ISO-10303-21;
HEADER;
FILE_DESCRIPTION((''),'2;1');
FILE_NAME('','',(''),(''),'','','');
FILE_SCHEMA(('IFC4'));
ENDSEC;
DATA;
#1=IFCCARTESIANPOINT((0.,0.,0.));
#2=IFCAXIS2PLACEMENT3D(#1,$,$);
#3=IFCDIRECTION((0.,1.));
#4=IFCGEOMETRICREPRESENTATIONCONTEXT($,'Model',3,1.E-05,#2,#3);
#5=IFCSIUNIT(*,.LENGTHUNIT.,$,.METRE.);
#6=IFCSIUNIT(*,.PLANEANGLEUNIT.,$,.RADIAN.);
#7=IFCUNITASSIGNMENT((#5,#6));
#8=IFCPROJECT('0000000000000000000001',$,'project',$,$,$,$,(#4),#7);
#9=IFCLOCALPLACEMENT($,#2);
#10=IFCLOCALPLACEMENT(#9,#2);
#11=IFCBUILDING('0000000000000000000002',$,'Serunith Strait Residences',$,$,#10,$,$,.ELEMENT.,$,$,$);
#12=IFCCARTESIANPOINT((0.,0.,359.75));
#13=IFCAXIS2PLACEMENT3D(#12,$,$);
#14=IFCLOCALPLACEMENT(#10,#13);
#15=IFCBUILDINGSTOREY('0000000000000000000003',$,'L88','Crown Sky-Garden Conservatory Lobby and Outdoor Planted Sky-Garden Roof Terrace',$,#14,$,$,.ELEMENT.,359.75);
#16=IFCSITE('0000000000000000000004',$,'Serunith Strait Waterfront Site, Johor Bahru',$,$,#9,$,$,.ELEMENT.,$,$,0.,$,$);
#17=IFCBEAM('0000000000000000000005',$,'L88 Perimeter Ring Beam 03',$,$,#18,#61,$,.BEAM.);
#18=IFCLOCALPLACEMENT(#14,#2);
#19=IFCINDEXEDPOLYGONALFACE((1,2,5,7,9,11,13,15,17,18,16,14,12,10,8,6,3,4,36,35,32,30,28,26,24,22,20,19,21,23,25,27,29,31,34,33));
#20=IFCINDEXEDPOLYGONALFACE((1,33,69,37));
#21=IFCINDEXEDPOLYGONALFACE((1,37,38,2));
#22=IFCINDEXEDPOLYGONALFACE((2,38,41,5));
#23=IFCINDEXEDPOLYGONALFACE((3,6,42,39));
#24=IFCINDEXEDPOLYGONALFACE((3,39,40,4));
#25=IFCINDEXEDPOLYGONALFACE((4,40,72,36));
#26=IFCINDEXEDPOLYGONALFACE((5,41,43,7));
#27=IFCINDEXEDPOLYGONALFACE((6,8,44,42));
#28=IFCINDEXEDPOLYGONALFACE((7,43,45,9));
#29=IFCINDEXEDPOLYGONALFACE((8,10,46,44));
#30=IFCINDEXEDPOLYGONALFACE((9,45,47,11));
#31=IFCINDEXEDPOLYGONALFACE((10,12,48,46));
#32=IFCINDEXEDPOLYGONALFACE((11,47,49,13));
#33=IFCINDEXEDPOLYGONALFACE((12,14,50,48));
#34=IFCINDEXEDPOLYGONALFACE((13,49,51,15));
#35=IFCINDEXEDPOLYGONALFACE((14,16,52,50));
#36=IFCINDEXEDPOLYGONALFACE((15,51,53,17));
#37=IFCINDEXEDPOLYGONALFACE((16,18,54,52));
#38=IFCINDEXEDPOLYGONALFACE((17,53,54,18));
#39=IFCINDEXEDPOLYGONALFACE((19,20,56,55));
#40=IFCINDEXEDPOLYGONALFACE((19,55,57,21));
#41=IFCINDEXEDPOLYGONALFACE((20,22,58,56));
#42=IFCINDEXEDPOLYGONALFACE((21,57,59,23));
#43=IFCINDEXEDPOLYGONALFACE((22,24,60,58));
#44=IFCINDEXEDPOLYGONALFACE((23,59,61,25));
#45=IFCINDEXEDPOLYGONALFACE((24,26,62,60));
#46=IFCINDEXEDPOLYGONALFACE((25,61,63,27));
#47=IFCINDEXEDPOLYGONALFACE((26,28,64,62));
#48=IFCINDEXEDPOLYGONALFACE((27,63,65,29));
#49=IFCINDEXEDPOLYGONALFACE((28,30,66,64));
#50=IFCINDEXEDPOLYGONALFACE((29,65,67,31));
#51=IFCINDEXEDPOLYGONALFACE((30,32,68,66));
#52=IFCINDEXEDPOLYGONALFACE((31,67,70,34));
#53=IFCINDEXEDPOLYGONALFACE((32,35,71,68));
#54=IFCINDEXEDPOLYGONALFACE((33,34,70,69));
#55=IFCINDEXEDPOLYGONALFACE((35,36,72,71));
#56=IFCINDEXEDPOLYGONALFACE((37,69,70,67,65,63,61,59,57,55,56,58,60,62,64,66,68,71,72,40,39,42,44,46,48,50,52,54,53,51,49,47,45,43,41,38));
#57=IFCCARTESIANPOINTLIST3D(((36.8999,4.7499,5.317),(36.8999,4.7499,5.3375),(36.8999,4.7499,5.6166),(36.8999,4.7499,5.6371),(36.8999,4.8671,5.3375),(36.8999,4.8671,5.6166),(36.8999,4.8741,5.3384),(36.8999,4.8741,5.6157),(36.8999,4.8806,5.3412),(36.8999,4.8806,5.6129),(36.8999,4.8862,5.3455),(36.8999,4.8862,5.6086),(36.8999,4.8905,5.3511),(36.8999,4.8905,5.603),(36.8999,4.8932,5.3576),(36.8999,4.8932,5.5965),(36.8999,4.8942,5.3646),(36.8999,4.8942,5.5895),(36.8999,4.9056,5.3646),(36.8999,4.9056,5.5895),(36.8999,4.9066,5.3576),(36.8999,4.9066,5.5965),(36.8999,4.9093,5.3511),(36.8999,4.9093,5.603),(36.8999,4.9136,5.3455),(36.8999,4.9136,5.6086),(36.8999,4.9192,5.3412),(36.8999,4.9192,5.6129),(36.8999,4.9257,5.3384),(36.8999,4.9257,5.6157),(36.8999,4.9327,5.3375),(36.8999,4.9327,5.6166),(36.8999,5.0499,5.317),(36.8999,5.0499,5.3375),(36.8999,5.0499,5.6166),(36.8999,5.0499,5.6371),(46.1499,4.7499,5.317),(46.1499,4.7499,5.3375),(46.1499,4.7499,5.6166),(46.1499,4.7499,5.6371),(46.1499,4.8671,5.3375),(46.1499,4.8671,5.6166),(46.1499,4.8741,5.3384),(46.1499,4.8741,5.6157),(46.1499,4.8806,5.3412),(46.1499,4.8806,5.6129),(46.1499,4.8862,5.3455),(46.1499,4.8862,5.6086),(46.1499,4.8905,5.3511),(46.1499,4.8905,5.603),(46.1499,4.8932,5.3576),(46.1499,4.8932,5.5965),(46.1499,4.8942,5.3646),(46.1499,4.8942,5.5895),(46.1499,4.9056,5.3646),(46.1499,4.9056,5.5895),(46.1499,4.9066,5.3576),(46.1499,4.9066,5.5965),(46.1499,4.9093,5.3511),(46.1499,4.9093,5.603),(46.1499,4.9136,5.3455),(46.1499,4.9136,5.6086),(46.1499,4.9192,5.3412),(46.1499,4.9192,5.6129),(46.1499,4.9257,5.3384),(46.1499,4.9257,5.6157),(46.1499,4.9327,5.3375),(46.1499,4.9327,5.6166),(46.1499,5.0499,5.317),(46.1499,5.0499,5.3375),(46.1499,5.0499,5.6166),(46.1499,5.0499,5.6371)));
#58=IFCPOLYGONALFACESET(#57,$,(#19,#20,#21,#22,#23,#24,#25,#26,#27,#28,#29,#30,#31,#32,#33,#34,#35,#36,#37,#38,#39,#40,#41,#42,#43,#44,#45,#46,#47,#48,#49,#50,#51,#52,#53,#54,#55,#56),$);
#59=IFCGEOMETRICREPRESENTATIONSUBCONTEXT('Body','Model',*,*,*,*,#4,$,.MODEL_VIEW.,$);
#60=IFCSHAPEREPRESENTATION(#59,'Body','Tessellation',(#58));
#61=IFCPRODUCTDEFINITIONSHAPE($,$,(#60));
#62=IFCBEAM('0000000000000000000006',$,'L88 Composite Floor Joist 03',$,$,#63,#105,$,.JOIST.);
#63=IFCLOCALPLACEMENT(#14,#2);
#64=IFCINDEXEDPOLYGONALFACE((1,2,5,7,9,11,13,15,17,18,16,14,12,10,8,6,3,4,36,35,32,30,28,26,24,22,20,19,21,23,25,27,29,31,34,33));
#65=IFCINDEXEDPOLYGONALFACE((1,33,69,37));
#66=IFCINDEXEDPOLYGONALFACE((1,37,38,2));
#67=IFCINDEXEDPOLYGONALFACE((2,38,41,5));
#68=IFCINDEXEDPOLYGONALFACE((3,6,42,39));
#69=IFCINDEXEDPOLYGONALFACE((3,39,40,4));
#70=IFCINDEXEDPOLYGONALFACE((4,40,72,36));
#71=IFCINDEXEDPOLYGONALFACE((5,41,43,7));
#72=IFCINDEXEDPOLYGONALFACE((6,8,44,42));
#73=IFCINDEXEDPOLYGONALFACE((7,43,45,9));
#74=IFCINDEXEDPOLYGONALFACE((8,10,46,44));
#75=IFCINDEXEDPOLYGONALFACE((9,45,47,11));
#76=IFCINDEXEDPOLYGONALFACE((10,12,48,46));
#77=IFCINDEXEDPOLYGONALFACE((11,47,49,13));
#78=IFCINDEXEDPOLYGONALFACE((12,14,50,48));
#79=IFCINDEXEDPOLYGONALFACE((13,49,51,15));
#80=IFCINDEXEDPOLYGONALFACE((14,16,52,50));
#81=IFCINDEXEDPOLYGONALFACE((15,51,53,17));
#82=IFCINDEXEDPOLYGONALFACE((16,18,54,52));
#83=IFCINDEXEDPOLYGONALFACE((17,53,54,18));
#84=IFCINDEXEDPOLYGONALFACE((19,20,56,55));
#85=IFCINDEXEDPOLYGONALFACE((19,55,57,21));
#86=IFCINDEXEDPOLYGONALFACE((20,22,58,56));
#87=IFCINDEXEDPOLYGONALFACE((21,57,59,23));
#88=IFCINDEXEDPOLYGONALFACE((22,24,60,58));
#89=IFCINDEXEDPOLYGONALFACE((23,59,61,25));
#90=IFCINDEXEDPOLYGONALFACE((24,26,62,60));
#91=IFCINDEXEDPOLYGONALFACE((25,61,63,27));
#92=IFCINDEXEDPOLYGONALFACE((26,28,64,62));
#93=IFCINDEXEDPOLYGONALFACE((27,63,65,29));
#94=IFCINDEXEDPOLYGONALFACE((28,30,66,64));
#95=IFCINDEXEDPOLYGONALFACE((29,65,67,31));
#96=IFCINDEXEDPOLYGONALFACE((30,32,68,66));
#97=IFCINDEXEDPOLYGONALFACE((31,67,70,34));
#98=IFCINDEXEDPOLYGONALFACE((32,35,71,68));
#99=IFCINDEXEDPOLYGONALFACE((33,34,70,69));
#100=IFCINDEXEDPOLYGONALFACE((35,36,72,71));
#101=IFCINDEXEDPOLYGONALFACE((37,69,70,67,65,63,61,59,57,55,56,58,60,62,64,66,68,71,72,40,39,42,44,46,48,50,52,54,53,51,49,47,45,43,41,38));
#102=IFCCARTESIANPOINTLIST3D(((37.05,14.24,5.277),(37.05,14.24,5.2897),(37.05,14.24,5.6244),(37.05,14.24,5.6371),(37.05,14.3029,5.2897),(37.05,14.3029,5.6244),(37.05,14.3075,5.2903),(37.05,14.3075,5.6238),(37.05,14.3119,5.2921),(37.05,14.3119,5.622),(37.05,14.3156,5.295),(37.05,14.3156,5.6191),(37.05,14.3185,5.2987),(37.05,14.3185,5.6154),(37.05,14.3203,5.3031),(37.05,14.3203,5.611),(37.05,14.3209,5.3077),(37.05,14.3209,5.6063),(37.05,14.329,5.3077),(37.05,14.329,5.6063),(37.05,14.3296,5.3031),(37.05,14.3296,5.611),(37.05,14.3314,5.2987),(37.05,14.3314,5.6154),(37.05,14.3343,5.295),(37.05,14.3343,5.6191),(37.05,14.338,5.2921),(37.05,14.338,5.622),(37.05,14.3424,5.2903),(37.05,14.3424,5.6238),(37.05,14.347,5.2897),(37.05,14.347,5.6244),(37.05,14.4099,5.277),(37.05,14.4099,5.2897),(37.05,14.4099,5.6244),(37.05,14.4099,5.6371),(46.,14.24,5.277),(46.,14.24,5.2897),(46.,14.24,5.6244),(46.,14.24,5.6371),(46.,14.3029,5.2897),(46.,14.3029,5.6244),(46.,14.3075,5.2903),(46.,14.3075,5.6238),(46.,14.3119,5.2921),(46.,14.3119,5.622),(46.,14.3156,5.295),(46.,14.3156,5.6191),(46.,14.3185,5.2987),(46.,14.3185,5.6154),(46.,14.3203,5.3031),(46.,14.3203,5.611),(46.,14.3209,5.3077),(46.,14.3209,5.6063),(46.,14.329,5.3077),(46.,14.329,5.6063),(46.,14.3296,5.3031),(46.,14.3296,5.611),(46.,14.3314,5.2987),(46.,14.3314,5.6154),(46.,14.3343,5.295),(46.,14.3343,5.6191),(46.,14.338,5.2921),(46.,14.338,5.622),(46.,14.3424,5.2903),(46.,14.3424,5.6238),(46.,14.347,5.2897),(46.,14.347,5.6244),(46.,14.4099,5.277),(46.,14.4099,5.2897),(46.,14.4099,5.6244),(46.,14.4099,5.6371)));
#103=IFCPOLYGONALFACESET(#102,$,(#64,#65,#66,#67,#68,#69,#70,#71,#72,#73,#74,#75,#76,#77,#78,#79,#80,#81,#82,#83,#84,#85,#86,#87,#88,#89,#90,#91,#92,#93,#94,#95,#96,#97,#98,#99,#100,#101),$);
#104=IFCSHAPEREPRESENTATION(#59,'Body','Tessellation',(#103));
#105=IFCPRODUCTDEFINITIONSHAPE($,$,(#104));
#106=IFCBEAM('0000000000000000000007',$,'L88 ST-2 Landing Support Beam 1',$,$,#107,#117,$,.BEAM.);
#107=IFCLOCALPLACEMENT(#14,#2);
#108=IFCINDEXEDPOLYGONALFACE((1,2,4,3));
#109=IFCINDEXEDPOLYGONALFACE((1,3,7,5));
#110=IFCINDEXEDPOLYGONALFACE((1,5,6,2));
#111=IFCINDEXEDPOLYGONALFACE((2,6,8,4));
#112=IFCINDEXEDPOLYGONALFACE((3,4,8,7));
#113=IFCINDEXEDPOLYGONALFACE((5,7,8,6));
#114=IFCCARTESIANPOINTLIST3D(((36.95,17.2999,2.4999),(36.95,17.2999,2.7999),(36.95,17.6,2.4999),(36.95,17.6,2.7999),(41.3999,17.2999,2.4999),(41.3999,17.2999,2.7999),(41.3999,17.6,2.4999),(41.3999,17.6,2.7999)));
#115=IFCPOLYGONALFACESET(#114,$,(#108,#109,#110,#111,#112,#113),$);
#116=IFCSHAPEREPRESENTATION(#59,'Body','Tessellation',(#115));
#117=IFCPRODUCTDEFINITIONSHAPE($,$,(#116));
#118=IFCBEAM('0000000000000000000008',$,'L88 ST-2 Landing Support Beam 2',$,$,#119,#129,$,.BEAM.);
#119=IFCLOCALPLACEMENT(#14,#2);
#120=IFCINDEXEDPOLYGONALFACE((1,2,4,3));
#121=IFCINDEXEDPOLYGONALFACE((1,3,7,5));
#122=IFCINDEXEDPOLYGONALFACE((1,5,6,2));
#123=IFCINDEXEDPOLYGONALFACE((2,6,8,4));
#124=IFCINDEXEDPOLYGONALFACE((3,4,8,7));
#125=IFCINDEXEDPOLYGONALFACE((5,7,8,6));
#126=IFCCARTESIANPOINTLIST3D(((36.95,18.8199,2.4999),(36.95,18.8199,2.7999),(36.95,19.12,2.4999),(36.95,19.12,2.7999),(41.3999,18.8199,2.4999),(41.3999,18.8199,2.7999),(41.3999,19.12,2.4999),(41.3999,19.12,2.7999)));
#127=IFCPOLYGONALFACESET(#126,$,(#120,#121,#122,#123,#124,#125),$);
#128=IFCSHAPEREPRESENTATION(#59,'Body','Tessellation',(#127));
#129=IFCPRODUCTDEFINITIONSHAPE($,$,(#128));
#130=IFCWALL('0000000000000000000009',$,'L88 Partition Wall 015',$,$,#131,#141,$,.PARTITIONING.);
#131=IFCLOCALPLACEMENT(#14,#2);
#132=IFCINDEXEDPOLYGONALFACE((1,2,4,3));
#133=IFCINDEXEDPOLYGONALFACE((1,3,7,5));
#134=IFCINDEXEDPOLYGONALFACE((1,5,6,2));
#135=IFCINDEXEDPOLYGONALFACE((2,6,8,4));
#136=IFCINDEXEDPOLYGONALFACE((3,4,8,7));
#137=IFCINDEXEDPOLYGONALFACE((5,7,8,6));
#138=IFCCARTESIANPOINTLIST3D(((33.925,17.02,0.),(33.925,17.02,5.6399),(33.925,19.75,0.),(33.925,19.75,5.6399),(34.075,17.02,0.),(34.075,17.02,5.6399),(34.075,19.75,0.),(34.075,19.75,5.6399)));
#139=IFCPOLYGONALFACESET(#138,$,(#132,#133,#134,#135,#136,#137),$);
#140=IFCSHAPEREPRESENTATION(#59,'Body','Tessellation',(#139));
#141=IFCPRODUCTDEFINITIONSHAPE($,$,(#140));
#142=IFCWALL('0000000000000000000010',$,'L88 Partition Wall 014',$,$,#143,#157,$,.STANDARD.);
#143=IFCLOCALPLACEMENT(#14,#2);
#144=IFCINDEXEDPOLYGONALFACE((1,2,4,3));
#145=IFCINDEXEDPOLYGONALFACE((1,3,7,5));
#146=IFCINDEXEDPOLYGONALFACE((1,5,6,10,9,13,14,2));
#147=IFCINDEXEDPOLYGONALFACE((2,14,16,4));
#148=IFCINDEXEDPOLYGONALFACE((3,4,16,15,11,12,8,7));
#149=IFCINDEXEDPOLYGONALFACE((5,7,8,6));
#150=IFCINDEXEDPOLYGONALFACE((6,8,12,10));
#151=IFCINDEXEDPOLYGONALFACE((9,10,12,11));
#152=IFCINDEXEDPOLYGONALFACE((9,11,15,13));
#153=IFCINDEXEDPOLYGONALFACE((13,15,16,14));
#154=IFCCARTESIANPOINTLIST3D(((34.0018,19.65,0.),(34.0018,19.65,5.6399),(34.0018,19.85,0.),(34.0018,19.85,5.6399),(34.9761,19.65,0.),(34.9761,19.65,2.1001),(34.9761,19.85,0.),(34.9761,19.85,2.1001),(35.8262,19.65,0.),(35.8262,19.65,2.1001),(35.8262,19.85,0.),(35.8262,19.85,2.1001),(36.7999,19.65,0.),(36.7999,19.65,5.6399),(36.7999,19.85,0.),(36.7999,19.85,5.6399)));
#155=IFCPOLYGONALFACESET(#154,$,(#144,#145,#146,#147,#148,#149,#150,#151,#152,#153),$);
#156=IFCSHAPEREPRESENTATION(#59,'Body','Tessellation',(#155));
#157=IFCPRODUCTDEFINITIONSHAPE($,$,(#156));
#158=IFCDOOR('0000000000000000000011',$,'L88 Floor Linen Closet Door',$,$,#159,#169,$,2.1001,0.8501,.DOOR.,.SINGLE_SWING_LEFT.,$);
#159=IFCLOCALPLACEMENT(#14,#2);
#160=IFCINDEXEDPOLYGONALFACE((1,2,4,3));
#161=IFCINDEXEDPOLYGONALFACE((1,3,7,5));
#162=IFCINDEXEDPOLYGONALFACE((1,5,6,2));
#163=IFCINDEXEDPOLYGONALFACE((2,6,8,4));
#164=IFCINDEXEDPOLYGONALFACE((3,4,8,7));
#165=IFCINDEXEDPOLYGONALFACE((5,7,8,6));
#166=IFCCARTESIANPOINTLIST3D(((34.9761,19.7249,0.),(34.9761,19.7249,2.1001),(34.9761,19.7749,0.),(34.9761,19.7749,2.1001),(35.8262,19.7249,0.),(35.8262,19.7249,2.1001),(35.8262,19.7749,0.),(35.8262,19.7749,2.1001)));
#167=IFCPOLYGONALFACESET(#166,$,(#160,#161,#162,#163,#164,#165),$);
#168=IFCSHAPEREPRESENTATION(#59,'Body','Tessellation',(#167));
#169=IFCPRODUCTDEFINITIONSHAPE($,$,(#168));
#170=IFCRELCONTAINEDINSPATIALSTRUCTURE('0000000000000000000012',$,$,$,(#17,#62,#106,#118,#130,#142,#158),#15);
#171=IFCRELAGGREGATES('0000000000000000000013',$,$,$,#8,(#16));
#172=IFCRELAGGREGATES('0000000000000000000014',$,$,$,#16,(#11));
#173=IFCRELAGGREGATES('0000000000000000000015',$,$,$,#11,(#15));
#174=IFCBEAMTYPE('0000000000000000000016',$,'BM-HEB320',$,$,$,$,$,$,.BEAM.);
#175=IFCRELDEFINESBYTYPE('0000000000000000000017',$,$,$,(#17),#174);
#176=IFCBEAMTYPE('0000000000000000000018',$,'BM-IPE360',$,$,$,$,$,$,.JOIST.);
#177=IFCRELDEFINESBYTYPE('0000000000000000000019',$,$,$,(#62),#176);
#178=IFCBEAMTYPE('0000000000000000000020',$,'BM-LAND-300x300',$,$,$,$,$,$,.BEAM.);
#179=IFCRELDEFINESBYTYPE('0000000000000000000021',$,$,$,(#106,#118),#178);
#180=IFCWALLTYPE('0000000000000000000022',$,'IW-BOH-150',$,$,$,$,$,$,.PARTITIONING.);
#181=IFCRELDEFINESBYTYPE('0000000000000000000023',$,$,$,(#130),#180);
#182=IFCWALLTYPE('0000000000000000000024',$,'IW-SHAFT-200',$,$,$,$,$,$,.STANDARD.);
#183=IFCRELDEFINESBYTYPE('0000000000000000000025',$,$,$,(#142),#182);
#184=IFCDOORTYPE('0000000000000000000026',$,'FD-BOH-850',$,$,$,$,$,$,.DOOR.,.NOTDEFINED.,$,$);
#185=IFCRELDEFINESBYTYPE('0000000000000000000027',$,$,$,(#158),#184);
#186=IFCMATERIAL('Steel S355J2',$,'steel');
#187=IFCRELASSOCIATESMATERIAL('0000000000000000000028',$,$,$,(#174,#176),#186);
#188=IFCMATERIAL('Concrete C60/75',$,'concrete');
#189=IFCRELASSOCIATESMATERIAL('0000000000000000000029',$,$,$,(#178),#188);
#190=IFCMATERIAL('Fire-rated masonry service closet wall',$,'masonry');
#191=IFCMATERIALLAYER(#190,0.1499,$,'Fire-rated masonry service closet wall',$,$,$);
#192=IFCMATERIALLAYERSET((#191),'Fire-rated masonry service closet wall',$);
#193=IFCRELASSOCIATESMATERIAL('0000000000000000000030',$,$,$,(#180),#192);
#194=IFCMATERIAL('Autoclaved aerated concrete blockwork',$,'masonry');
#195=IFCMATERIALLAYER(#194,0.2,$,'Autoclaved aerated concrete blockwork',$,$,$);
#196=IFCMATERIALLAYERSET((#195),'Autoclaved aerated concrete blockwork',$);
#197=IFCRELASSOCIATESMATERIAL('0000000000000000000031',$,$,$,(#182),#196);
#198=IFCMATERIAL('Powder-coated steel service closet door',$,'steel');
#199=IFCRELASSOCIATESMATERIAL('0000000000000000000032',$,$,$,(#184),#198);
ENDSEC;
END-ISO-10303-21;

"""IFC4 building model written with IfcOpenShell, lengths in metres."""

from ifc_helpers import new_model, si_unit, direction, frame, frame_2d, origin, origin_2d, place, context, subcontext, project, spatial, rectangle, i_section, extrude, source, transform, mapped, material, layer, layer_set, material_profile, profile_set, type_object, element, fill, save


model = new_model("IFC4")

# Units and contexts
model_context = context("Model", 3, precision=1e-05, world=origin(), true_north=direction((0.0, 1.0)))
body_context = subcontext(model_context, "Body", "Model", "MODEL_VIEW")
ifc_project = project(units=[si_unit("LENGTHUNIT", "METRE"), si_unit("PLANEANGLEUNIT", "RADIAN")], contexts=[model_context])

# Site, building, storey
site_placement = place(None, origin())
site = spatial("IfcSite", under=ifc_project, at=site_placement, Name="Serunith Strait Waterfront Site, Johor Bahru", CompositionType="ELEMENT", RefElevation=0.0)
building_placement = place(site_placement, origin())
building = spatial("IfcBuilding", under=site, at=building_placement, Name="Serunith Strait Residences", CompositionType="ELEMENT")
storey_placement = place(building_placement, frame((0.0, 0.0, 359.75)))
storey = spatial("IfcBuildingStorey", under=building, at=storey_placement, Name="L88", Description="Crown Sky-Garden Conservatory Lobby and Outdoor Planted Sky-Garden Roof Terrace", CompositionType="ELEMENT", Elevation=359.75)

# Shared definitions
ifc_material_1 = material(Name="Concrete C60/75", Category="concrete")

# Beams
ifc_material_2 = material(Name="Steel S355J2", Category="steel")
ifc_material_profile_1 = material_profile(ifc_material_2, i_section(OverallWidth=0.3, OverallDepth=0.3201, WebThickness=0.0115, FlangeThickness=0.0205, FilletRadius=0.0271, at=origin_2d()), Name="HEB 320")
ifc_profile_set_1 = profile_set([ifc_material_profile_1], Name="Steel S355J2")
beam_type_1 = type_object("IfcBeamType", Name="BM-HEB320", PredefinedType="BEAM", material=ifc_profile_set_1)
shared_shape_1 = source(origin(), body_context, "Body", "SweptSolid", [
    extrude(i_section(OverallWidth=0.3, OverallDepth=0.3201, WebThickness=0.0115, FlangeThickness=0.0205, FilletRadius=0.0271, at=origin_2d()), origin(), (0.0, 0.0, 1.0), 9.25),
])
beam_1_placement = place(storey_placement, frame((36.8999, 4.8999, 5.4771), z_axis=(1.0, 0.0, 0.0), x_axis=(0.0, 1.0, 0.0)))
element("IfcBeam", 1, at=beam_1_placement, inside=storey, type_object=beam_type_1, Name="L88 Perimeter Ring Beam 03", PredefinedType="BEAM", context=body_context, shape_type="MappedRepresentation", body=[
    mapped(shared_shape_1, transform((0.0, 0.0, 0.0), scale=1.0)),
])
ifc_material_profile_2 = material_profile(ifc_material_2, i_section(OverallWidth=0.1699, OverallDepth=0.3601, WebThickness=0.0081, FlangeThickness=0.0127, FilletRadius=0.0181, at=origin_2d()), Name="IPE 360")
ifc_profile_set_2 = profile_set([ifc_material_profile_2], Name="Steel S355J2")
beam_type_2 = type_object("IfcBeamType", Name="BM-IPE360", PredefinedType="JOIST", material=ifc_profile_set_2)
shared_shape_2 = source(origin(), body_context, "Body", "SweptSolid", [
    extrude(i_section(OverallWidth=0.1699, OverallDepth=0.3601, WebThickness=0.0081, FlangeThickness=0.0127, FilletRadius=0.0181, at=origin_2d()), origin(), (0.0, 0.0, 1.0), 8.95),
])
beam_2_placement = place(storey_placement, frame((37.05, 14.325, 5.457), z_axis=(1.0, 0.0, 0.0), x_axis=(0.0, 1.0, 0.0)))
element("IfcBeam", 2, at=beam_2_placement, inside=storey, type_object=beam_type_2, Name="L88 Composite Floor Joist 03", PredefinedType="JOIST", context=body_context, shape_type="MappedRepresentation", body=[
    mapped(shared_shape_2, transform((0.0, 0.0, 0.0), scale=1.0)),
])
ifc_material_profile_3 = material_profile(ifc_material_1, rectangle(XDim=0.3, YDim=0.3, at=origin_2d()), Name="RC 300x300")
ifc_profile_set_3 = profile_set([ifc_material_profile_3], Name="Concrete C60/75")
beam_type_3 = type_object("IfcBeamType", Name="BM-LAND-300x300", PredefinedType="BEAM", material=ifc_profile_set_3)
shared_shape_3 = source(origin(), body_context, "Body", "SweptSolid", [
    extrude(rectangle(XDim=0.3, YDim=0.3, at=origin_2d()), origin(), (0.0, 0.0, 1.0), 4.45),
])
for number, where, z_axis, x_axis, name in (
    (3, (36.95, 17.45, 2.6499), (1.0, 0.0, 0.0), (0.0, 1.0, 0.0), "L88 ST-2 Landing Support Beam 1"),
    (4, (36.95, 18.97, 2.6499), (1.0, 0.0, 0.0), (0.0, 1.0, 0.0), "L88 ST-2 Landing Support Beam 2"),
):
    element("IfcBeam", number, at=place(storey_placement, frame(where, z_axis=z_axis, x_axis=x_axis)), inside=storey, type_object=beam_type_3, Name=name, PredefinedType="BEAM", context=body_context, shape_type="MappedRepresentation", body=[
        mapped(shared_shape_3, transform((0.0, 0.0, 0.0), scale=1.0)),
    ])

# Wall
ifc_material_3 = material(Name="Fire-rated masonry service closet wall", Category="masonry")
ifc_layer_1 = layer(ifc_material_3, 0.1499, Name="Fire-rated masonry service closet wall")
ifc_layer_set_1 = layer_set([ifc_layer_1], Name="Fire-rated masonry service closet wall")
wall_type_1 = type_object("IfcWallType", Name="IW-BOH-150", PredefinedType="PARTITIONING", material=ifc_layer_set_1)
wall_1_placement = place(storey_placement, frame((34.0, 17.02, 0.0), z_axis=(0.0, 0.0, 1.0), x_axis=(0.0, 1.0, 0.0)))
element("IfcWall", 5, at=wall_1_placement, inside=storey, type_object=wall_type_1, Name="L88 Partition Wall 015", PredefinedType="PARTITIONING", context=body_context, shape_type="SweptSolid", body=[
    extrude(rectangle(XDim=2.73, YDim=0.1499, at=frame_2d((1.365, 0.0))), origin(), (0.0, 0.0, 1.0), 5.6399),
])

# Wall, opening, door
ifc_material_4 = material(Name="Autoclaved aerated concrete blockwork", Category="masonry")
ifc_layer_2 = layer(ifc_material_4, 0.2, Name="Autoclaved aerated concrete blockwork")
ifc_layer_set_2 = layer_set([ifc_layer_2], Name="Autoclaved aerated concrete blockwork")
wall_type_2 = type_object("IfcWallType", Name="IW-SHAFT-200", PredefinedType="STANDARD", material=ifc_layer_set_2)
wall_2_placement = place(storey_placement, frame((34.002, 19.75, 0.0), z_axis=(0.0, 0.0, 1.0), x_axis=(1.0, 0.0, 0.0)))
wall_2 = element("IfcWall", 6, at=wall_2_placement, inside=storey, type_object=wall_type_2, Name="L88 Partition Wall 014", PredefinedType="STANDARD", context=body_context, shape_type="SweptSolid", body=[
    extrude(rectangle(XDim=2.7981, YDim=0.2, at=frame_2d((1.3989, 0.0))), origin(), (0.0, 0.0, 1.0), 5.6399),
])
opening_placement = place(wall_2_placement, frame((0.9741, 0.0, 0.0)))
opening = element("IfcOpeningElement", 7, at=opening_placement, cuts=wall_2, PredefinedType="OPENING", context=body_context, shape_type="SweptSolid", body=[
    extrude(rectangle(XDim=0.8501, YDim=2.1001, at=frame_2d((0.425, 1.05))), frame((0.0, 0.1099, 0.0), z_axis=(0.0, -1.0, 0.0), x_axis=(1.0, 0.0, 0.0)), (0.0, 0.0, 1.0), 0.22),
])
ifc_material_5 = material(Name="Powder-coated steel service closet door", Category="steel")
door_type = type_object("IfcDoorType", Name="FD-BOH-850", OperationType="NOTDEFINED", PredefinedType="DOOR", material=ifc_material_5)
shared_shape_4 = source(origin(), body_context, "Body", "SweptSolid", [
    extrude(rectangle(XDim=0.8501, YDim=2.1001, at=frame_2d((0.425, 1.05))), frame((0.0, 0.0249, 0.0), z_axis=(0.0, -1.0, 0.0), x_axis=(1.0, 0.0, 0.0)), (0.0, 0.0, 1.0), 0.05),
])
door_placement = place(opening_placement, origin())
door = element("IfcDoor", 8, at=door_placement, inside=storey, type_object=door_type, Name="L88 Floor Linen Closet Door", OperationType="SINGLE_SWING_LEFT", OverallHeight=2.1001, OverallWidth=0.8501, PredefinedType="DOOR", context=body_context, shape_type="MappedRepresentation", body=[
    mapped(shared_shape_4, transform((0.0, 0.0, 0.0), scale=1.0)),
])
fill(opening, door)

save(model, "model.ifc")
